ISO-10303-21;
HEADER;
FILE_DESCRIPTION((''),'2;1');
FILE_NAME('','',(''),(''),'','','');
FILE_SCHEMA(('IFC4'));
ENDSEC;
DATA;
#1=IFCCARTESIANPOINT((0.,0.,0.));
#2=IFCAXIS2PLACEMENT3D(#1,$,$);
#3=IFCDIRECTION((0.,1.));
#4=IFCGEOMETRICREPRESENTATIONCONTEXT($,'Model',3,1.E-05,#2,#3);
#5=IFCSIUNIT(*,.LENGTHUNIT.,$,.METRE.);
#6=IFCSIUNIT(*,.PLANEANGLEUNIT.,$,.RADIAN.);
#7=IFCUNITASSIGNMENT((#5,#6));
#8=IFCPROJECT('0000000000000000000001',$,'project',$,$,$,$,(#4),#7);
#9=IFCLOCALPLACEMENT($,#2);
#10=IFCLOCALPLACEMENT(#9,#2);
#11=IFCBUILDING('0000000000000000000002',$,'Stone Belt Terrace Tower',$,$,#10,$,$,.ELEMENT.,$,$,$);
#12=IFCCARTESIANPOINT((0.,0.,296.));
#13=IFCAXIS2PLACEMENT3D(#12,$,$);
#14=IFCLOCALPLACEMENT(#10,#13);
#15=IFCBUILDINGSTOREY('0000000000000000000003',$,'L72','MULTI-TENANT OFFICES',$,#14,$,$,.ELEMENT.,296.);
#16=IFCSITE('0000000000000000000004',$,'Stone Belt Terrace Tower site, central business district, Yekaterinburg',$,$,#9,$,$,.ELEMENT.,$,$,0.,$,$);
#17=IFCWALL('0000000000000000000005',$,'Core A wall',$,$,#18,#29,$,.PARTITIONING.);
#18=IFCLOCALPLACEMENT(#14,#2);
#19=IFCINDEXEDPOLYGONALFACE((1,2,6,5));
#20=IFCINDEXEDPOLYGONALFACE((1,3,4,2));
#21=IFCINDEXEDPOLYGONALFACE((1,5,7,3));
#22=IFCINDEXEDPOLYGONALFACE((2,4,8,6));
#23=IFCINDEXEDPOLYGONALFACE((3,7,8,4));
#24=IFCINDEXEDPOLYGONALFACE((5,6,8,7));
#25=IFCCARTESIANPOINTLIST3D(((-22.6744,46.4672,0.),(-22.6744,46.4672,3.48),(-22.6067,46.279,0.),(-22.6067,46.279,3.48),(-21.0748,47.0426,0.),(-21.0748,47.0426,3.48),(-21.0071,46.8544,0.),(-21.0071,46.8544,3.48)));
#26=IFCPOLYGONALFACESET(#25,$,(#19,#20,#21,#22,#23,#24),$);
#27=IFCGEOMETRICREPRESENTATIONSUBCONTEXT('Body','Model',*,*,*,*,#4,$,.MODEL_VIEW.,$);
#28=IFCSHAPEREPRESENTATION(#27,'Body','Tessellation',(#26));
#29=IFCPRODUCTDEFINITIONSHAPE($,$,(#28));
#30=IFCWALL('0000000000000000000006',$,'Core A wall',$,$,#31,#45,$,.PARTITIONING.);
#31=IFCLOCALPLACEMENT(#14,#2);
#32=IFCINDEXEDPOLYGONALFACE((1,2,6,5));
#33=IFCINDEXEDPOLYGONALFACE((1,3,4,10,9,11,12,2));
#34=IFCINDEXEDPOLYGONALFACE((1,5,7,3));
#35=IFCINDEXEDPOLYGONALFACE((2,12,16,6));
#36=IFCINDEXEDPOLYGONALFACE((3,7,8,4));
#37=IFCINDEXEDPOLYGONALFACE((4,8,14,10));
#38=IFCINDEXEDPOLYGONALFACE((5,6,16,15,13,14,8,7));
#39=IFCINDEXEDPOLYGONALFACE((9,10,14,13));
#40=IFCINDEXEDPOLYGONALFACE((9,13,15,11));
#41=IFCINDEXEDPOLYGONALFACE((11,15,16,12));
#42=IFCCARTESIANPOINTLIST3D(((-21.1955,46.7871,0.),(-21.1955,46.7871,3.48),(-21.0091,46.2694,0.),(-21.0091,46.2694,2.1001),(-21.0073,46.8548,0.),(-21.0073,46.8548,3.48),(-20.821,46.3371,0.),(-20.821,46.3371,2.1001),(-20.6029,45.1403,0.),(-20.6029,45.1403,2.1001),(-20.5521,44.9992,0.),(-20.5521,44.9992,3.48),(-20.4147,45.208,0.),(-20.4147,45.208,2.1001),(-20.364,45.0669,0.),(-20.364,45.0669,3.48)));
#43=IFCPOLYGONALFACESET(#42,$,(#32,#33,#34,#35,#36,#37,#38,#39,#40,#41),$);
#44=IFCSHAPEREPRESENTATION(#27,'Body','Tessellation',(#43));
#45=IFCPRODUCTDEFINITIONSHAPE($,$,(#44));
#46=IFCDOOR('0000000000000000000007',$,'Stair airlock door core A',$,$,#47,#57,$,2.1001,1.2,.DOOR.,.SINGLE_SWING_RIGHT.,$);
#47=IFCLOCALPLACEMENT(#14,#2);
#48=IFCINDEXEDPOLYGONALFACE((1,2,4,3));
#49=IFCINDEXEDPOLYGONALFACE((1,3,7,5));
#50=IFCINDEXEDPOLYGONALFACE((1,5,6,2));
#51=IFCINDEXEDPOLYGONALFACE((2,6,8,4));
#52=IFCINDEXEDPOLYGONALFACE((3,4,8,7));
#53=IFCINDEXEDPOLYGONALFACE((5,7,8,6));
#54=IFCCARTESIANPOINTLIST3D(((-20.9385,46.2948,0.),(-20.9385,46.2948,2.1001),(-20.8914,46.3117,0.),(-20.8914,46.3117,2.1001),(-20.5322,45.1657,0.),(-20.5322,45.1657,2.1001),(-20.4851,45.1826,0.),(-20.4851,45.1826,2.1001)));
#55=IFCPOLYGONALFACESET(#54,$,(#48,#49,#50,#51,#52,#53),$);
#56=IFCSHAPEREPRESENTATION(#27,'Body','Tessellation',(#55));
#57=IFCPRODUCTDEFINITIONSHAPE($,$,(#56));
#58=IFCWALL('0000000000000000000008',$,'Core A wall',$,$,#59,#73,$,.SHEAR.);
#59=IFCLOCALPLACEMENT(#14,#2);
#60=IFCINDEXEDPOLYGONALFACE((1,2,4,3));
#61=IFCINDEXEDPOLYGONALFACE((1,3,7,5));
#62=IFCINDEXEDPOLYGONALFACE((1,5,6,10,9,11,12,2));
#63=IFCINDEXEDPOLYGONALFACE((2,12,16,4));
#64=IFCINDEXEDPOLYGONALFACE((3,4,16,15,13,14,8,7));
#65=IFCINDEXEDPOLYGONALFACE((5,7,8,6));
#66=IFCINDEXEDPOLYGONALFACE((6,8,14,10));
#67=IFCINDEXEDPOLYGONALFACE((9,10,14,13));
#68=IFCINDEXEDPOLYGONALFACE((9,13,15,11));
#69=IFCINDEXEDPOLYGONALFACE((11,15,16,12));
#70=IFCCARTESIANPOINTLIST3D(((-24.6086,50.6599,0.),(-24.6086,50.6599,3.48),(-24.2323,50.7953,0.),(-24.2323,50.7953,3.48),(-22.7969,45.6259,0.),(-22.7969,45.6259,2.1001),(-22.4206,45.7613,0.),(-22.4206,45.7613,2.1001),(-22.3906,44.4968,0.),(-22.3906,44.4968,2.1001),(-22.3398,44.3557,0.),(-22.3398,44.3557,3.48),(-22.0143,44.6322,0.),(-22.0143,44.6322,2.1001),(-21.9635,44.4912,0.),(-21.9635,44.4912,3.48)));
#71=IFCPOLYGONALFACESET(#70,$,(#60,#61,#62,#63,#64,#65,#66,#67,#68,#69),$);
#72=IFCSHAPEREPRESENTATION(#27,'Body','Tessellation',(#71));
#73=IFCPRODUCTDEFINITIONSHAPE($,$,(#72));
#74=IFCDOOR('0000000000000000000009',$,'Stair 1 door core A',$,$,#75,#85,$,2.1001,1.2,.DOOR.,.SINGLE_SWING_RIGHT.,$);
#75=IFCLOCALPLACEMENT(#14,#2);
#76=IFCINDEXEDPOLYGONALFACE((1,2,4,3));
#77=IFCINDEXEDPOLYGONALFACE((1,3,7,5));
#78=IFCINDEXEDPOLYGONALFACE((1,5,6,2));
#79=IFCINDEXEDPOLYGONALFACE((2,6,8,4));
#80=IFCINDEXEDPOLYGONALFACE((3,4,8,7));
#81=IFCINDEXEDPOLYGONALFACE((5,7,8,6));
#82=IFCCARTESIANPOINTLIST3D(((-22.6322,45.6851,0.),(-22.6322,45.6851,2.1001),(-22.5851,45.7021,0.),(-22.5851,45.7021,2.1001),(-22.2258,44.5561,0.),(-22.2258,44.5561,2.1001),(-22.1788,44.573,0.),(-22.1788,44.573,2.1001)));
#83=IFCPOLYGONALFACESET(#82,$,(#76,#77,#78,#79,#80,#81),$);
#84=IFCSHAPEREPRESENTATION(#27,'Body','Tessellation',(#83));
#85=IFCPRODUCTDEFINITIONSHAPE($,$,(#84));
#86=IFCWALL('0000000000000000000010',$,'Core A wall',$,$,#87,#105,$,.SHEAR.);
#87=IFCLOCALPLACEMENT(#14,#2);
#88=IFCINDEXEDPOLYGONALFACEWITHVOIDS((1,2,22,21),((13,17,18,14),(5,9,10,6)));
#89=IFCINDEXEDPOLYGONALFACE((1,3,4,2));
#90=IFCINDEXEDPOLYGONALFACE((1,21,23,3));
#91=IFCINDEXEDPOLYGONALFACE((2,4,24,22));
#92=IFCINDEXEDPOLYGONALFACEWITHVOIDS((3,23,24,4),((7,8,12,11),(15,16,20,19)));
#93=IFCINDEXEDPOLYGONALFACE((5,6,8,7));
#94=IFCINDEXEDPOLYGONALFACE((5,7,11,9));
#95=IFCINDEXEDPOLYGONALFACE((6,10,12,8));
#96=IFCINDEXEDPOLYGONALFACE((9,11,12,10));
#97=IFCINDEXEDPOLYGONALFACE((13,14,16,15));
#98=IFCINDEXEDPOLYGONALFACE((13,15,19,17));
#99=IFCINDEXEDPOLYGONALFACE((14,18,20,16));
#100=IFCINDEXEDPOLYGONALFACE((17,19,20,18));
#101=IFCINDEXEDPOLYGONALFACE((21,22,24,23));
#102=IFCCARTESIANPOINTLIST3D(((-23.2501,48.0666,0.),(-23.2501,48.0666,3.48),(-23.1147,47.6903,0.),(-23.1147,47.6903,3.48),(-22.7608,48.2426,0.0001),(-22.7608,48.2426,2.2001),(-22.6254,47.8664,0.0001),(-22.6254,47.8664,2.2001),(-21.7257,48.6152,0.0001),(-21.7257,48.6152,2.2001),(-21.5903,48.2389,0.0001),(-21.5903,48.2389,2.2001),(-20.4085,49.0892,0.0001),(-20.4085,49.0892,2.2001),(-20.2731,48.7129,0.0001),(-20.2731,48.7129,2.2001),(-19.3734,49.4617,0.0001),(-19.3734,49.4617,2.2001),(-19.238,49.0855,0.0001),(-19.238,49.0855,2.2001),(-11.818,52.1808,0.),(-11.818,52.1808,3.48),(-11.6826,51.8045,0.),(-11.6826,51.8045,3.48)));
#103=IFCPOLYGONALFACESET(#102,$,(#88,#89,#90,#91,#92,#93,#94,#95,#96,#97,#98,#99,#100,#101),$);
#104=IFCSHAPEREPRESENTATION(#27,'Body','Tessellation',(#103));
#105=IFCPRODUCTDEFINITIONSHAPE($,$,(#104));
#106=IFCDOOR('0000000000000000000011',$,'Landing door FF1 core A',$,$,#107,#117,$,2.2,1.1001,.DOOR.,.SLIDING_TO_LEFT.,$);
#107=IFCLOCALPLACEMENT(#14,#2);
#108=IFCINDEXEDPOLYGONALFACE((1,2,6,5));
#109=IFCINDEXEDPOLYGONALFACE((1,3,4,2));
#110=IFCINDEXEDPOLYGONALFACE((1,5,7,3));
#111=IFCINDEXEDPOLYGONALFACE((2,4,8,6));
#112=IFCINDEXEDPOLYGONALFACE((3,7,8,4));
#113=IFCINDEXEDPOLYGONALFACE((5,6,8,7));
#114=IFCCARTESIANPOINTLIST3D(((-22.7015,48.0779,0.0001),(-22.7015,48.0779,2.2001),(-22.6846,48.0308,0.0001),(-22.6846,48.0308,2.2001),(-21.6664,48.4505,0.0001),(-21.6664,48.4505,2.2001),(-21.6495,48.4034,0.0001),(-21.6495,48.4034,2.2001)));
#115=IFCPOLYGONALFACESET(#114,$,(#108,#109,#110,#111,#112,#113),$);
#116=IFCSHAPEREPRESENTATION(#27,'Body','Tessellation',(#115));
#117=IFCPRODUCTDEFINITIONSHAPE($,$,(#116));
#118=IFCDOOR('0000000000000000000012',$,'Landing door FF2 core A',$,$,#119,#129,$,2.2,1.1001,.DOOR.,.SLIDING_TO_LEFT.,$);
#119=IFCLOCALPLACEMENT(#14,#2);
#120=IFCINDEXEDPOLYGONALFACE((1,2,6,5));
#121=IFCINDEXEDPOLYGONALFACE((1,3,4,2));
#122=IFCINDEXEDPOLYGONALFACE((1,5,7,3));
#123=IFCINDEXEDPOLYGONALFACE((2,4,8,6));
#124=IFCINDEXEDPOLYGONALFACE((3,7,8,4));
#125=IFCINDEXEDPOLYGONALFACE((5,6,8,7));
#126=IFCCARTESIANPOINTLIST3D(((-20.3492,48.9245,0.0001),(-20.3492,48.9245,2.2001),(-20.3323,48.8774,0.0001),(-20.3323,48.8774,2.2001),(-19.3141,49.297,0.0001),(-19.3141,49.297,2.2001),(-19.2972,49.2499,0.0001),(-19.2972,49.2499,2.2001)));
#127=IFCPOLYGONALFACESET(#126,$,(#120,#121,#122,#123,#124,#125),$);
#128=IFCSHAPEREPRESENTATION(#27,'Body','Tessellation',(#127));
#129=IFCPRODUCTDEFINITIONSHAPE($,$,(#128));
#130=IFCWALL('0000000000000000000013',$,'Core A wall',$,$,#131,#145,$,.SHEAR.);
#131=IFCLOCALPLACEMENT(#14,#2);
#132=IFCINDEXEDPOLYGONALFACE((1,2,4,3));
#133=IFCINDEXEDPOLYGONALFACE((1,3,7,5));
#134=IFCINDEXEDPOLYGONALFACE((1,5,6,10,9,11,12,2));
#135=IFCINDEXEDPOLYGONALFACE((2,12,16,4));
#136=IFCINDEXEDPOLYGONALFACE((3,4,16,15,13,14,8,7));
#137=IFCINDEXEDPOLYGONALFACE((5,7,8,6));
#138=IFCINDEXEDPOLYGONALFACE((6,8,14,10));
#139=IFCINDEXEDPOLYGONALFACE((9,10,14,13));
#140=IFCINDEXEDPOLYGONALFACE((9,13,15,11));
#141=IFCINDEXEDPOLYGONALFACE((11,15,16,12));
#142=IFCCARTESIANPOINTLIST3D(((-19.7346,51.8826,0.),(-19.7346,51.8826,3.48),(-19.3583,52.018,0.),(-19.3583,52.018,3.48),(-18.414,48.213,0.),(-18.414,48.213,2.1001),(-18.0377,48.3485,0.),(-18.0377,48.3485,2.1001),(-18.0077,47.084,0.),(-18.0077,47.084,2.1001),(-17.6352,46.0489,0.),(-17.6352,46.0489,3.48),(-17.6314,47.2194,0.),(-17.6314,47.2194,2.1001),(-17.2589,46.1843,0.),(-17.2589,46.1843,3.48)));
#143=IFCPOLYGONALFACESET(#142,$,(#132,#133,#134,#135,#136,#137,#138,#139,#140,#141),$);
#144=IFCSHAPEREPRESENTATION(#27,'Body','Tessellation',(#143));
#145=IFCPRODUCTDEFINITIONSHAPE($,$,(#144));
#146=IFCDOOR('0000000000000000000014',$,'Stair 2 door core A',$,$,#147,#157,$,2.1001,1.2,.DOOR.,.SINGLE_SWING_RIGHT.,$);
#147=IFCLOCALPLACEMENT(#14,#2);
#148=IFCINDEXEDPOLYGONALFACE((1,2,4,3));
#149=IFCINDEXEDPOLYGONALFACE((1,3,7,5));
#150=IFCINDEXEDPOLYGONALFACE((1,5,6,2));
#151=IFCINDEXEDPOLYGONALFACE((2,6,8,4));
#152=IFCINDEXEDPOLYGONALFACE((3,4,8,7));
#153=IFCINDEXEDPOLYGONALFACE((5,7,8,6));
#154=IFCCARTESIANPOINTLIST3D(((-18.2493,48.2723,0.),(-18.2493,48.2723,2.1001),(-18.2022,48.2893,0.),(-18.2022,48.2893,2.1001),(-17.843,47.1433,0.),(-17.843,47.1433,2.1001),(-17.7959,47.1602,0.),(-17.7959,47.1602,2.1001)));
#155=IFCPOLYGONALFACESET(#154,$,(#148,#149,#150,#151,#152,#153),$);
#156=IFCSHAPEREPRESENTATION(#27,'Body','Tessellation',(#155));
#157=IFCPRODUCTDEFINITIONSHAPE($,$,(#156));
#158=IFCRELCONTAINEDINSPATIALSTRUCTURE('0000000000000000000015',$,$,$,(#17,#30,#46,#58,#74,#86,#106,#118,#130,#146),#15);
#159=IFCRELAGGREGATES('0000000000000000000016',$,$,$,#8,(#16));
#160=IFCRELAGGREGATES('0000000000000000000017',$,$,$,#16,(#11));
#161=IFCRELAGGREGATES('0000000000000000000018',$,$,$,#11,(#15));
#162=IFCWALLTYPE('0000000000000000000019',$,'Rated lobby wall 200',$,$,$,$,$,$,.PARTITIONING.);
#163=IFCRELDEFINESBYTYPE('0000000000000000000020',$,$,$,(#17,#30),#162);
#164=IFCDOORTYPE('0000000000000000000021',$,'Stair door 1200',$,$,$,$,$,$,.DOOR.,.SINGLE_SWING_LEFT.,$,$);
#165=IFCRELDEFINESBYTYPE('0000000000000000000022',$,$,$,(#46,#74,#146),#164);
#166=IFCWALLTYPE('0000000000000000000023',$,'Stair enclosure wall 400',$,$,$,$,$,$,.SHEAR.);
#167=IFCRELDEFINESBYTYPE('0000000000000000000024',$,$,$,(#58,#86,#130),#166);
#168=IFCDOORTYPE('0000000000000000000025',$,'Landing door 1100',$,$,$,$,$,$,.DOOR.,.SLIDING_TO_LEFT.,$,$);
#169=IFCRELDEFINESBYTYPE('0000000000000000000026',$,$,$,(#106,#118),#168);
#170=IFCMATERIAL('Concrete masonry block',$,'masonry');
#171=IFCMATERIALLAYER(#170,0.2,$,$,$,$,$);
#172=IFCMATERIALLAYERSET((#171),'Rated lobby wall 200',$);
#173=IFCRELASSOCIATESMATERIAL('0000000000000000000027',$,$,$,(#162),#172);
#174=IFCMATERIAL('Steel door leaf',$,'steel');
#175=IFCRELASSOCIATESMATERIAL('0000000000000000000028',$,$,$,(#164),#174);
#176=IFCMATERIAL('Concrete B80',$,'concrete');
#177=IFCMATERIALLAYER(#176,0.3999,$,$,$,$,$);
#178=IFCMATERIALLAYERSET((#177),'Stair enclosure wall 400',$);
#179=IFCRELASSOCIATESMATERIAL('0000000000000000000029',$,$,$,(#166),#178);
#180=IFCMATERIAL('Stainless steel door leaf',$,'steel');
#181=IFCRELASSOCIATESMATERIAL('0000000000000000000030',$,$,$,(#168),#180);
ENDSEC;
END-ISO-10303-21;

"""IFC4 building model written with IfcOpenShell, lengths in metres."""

from ifc_helpers import new_model, si_unit, direction, frame, frame_2d, origin, place, context, subcontext, project, spatial, rectangle, extrude, material, layer, layer_set, type_object, element, fill, save


model = new_model("IFC4")

# Units and contexts
model_context = context("Model", 3, precision=1e-05, world=origin(), true_north=direction((0.0, 1.0)))
body_context = subcontext(model_context, "Body", "Model", "MODEL_VIEW")
ifc_project = project(units=[si_unit("LENGTHUNIT", "METRE"), si_unit("PLANEANGLEUNIT", "RADIAN")], contexts=[model_context])

# Site, building, storey
site_placement = place(None, origin())
site = spatial("IfcSite", under=ifc_project, at=site_placement, Name="Stone Belt Terrace Tower site, central business district, Yekaterinburg", CompositionType="ELEMENT", RefElevation=0.0)
building_placement = place(site_placement, origin())
building = spatial("IfcBuilding", under=site, at=building_placement, Name="Stone Belt Terrace Tower", CompositionType="ELEMENT")
storey_placement = place(building_placement, frame((0.0, 0.0, 296.0)))
storey = spatial("IfcBuildingStorey", under=building, at=storey_placement, Name="L72", Description="MULTI-TENANT OFFICES", CompositionType="ELEMENT", Elevation=296.0)

# Wall
ifc_material_1 = material(Name="Concrete masonry block", Category="masonry")
ifc_layer_1 = layer(ifc_material_1, 0.2)
ifc_layer_set_1 = layer_set([ifc_layer_1], Name="Rated lobby wall 200")
wall_type_1 = type_object("IfcWallType", Name="Rated lobby wall 200", PredefinedType="PARTITIONING", material=ifc_layer_set_1)
wall_1_placement = place(storey_placement, frame((-22.6406, 46.373, 0.0), z_axis=(0.0, 0.0, 1.0), x_axis=(0.940966, 0.338501, 0.0)))
element("IfcWall", 1, at=wall_1_placement, inside=storey, type_object=wall_type_1, Name="Core A wall", PredefinedType="PARTITIONING", context=body_context, shape_type="SweptSolid", body=[
    extrude(rectangle(XDim=1.7, YDim=0.2, at=frame_2d((0.8501, 0.0))), origin(), (0.0, 0.0, 1.0), 3.48),
])

# Walls, openings, doors
wall_2_placement = place(storey_placement, frame((-20.458, 45.033, 0.0), z_axis=(0.0, 0.0, 1.0), x_axis=(-0.338574, 0.94094, 0.0)))
wall_2 = element("IfcWall", 2, at=wall_2_placement, inside=storey, type_object=wall_type_1, Name="Core A wall", PredefinedType="PARTITIONING", context=body_context, shape_type="SweptSolid", body=[
    extrude(rectangle(XDim=1.9001, YDim=0.2, at=frame_2d((0.9502, 0.0))), origin(), (0.0, 0.0, 1.0), 3.48),
])
opening_1_placement = place(wall_2_placement, frame((0.1499, 0.0, 0.0)))
opening_1 = element("IfcOpeningElement", 3, at=opening_1_placement, cuts=wall_2, PredefinedType="OPENING", context=body_context, shape_type="SweptSolid", body=[
    extrude(rectangle(XDim=1.2, YDim=2.1001, at=frame_2d((0.6001, 1.05))), frame((0.0, 0.1099, 0.0), z_axis=(0.0, -1.0, 0.0), x_axis=(1.0, 0.0, 0.0)), (0.0, 0.0, 1.0), 0.22),
])
ifc_material_2 = material(Name="Steel door leaf", Category="steel")
door_type_1 = type_object("IfcDoorType", Name="Stair door 1200", OperationType="SINGLE_SWING_LEFT", PredefinedType="DOOR", material=ifc_material_2)
door_1_placement = place(opening_1_placement, origin())
door_1 = element("IfcDoor", 4, at=door_1_placement, inside=storey, type_object=door_type_1, Name="Stair airlock door core A", OperationType="SINGLE_SWING_RIGHT", OverallHeight=2.1001, OverallWidth=1.2, PredefinedType="DOOR", context=body_context, shape_type="SweptSolid", body=[
    extrude(rectangle(XDim=1.2, YDim=2.1001, at=frame_2d((0.6001, 1.05))), frame((0.0, 0.0249, 0.0), z_axis=(0.0, -1.0, 0.0), x_axis=(1.0, 0.0, 0.0)), (0.0, 0.0, 1.0), 0.05),
])
fill(opening_1, door_1)
ifc_material_3 = material(Name="Concrete B80", Category="concrete")
ifc_layer_2 = layer(ifc_material_3, 0.3999)
ifc_layer_set_2 = layer_set([ifc_layer_2], Name="Stair enclosure wall 400")
wall_type_2 = type_object("IfcWallType", Name="Stair enclosure wall 400", PredefinedType="SHEAR", material=ifc_layer_set_2)
wall_3_placement = place(storey_placement, frame((-22.1516, 44.4233, 0.0), z_axis=(0.0, 0.0, 1.0), x_axis=(-0.338625, 0.940921, 0.0)))
wall_3 = element("IfcWall", 5, at=wall_3_placement, inside=storey, type_object=wall_type_2, Name="Core A wall", PredefinedType="SHEAR", context=body_context, shape_type="SweptSolid", body=[
    extrude(rectangle(XDim=6.7, YDim=0.3999, at=frame_2d((3.3501, 0.0))), origin(), (0.0, 0.0, 1.0), 3.48),
])
opening_2_placement = place(wall_3_placement, frame((0.1499, 0.0, 0.0)))
opening_2 = element("IfcOpeningElement", 6, at=opening_2_placement, cuts=wall_3, PredefinedType="OPENING", context=body_context, shape_type="SweptSolid", body=[
    extrude(rectangle(XDim=1.2, YDim=2.1001, at=frame_2d((0.6001, 1.05))), frame((0.0, 0.21, 0.0), z_axis=(0.0, -1.0, 0.0), x_axis=(1.0, 0.0, 0.0)), (0.0, 0.0, 1.0), 0.4199),
])
door_2_placement = place(opening_2_placement, origin())
door_2 = element("IfcDoor", 7, at=door_2_placement, inside=storey, type_object=door_type_1, Name="Stair 1 door core A", OperationType="SINGLE_SWING_RIGHT", OverallHeight=2.1001, OverallWidth=1.2, PredefinedType="DOOR", context=body_context, shape_type="SweptSolid", body=[
    extrude(rectangle(XDim=1.2, YDim=2.1001, at=frame_2d((0.6001, 1.05))), frame((0.0, 0.0249, 0.0), z_axis=(0.0, -1.0, 0.0), x_axis=(1.0, 0.0, 0.0)), (0.0, 0.0, 1.0), 0.05),
])
fill(opening_2, door_2)

# Wall, openings, doors
wall_4_placement = place(storey_placement, frame((-23.1824, 47.8784, 0.0), z_axis=(0.0, 0.0, 1.0), x_axis=(0.940922, 0.338624, 0.0)))
wall_4 = element("IfcWall", 8, at=wall_4_placement, inside=storey, type_object=wall_type_2, Name="Core A wall", PredefinedType="SHEAR", context=body_context, shape_type="SweptSolid", body=[
    extrude(rectangle(XDim=12.1499, YDim=0.3999, at=frame_2d((6.075, 0.0))), origin(), (0.0, 0.0, 1.0), 3.48),
])
opening_3_placement = place(wall_4_placement, frame((0.52, 0.0, 0.0)))
opening_3 = element("IfcOpeningElement", 9, at=opening_3_placement, cuts=wall_4, PredefinedType="OPENING", context=body_context, shape_type="SweptSolid", body=[
    extrude(rectangle(XDim=1.1001, YDim=2.2, at=frame_2d((0.55, 1.1001))), frame((0.0, 0.21, 0.0), z_axis=(0.0, -1.0, 0.0), x_axis=(1.0, 0.0, 0.0)), (0.0, 0.0, 1.0), 0.4199),
])
opening_4_placement = place(wall_4_placement, frame((3.02, 0.0, 0.0)))
opening_4 = element("IfcOpeningElement", 10, at=opening_4_placement, cuts=wall_4, PredefinedType="OPENING", context=body_context, shape_type="SweptSolid", body=[
    extrude(rectangle(XDim=1.1001, YDim=2.2, at=frame_2d((0.55, 1.1001))), frame((0.0, 0.21, 0.0), z_axis=(0.0, -1.0, 0.0), x_axis=(1.0, 0.0, 0.0)), (0.0, 0.0, 1.0), 0.4199),
])
ifc_material_4 = material(Name="Stainless steel door leaf", Category="steel")
door_type_2 = type_object("IfcDoorType", Name="Landing door 1100", OperationType="SLIDING_TO_LEFT", PredefinedType="DOOR", material=ifc_material_4)
door_3_placement = place(opening_3_placement, origin())
door_3 = element("IfcDoor", 11, at=door_3_placement, inside=storey, type_object=door_type_2, Name="Landing door FF1 core A", OperationType="SLIDING_TO_LEFT", OverallHeight=2.2, OverallWidth=1.1001, PredefinedType="DOOR", context=body_context, shape_type="SweptSolid", body=[
    extrude(rectangle(XDim=1.1001, YDim=2.2, at=frame_2d((0.55, 1.1001))), frame((0.0, 0.0249, 0.0), z_axis=(0.0, -1.0, 0.0), x_axis=(1.0, 0.0, 0.0)), (0.0, 0.0, 1.0), 0.05),
])
fill(opening_3, door_3)
door_4_placement = place(opening_4_placement, origin())
door_4 = element("IfcDoor", 12, at=door_4_placement, inside=storey, type_object=door_type_2, Name="Landing door FF2 core A", OperationType="SLIDING_TO_LEFT", OverallHeight=2.2, OverallWidth=1.1001, PredefinedType="DOOR", context=body_context, shape_type="SweptSolid", body=[
    extrude(rectangle(XDim=1.1001, YDim=2.2, at=frame_2d((0.55, 1.1001))), frame((0.0, 0.0249, 0.0), z_axis=(0.0, -1.0, 0.0), x_axis=(1.0, 0.0, 0.0)), (0.0, 0.0, 1.0), 0.05),
])
fill(opening_4, door_4)

# Wall, opening, door
wall_5_placement = place(storey_placement, frame((-17.447, 46.1165, 0.0), z_axis=(0.0, 0.0, 1.0), x_axis=(-0.338608, 0.940928, 0.0)))
wall_5 = element("IfcWall", 13, at=wall_5_placement, inside=storey, type_object=wall_type_2, Name="Core A wall", PredefinedType="SHEAR", context=body_context, shape_type="SweptSolid", body=[
    extrude(rectangle(XDim=6.2, YDim=0.3999, at=frame_2d((3.1001, 0.0))), origin(), (0.0, 0.0, 1.0), 3.48),
])
opening_5_placement = place(wall_5_placement, frame((1.1001, 0.0, 0.0)))
opening_5 = element("IfcOpeningElement", 14, at=opening_5_placement, cuts=wall_5, PredefinedType="OPENING", context=body_context, shape_type="SweptSolid", body=[
    extrude(rectangle(XDim=1.2, YDim=2.1001, at=frame_2d((0.6001, 1.05))), frame((0.0, 0.21, 0.0), z_axis=(0.0, -1.0, 0.0), x_axis=(1.0, 0.0, 0.0)), (0.0, 0.0, 1.0), 0.4199),
])
door_5_placement = place(opening_5_placement, origin())
door_5 = element("IfcDoor", 15, at=door_5_placement, inside=storey, type_object=door_type_1, Name="Stair 2 door core A", OperationType="SINGLE_SWING_RIGHT", OverallHeight=2.1001, OverallWidth=1.2, PredefinedType="DOOR", context=body_context, shape_type="SweptSolid", body=[
    extrude(rectangle(XDim=1.2, YDim=2.1001, at=frame_2d((0.6001, 1.05))), frame((0.0, 0.0249, 0.0), z_axis=(0.0, -1.0, 0.0), x_axis=(1.0, 0.0, 0.0)), (0.0, 0.0, 1.0), 0.05),
])
fill(opening_5, door_5)

save(model, "model.ifc")
